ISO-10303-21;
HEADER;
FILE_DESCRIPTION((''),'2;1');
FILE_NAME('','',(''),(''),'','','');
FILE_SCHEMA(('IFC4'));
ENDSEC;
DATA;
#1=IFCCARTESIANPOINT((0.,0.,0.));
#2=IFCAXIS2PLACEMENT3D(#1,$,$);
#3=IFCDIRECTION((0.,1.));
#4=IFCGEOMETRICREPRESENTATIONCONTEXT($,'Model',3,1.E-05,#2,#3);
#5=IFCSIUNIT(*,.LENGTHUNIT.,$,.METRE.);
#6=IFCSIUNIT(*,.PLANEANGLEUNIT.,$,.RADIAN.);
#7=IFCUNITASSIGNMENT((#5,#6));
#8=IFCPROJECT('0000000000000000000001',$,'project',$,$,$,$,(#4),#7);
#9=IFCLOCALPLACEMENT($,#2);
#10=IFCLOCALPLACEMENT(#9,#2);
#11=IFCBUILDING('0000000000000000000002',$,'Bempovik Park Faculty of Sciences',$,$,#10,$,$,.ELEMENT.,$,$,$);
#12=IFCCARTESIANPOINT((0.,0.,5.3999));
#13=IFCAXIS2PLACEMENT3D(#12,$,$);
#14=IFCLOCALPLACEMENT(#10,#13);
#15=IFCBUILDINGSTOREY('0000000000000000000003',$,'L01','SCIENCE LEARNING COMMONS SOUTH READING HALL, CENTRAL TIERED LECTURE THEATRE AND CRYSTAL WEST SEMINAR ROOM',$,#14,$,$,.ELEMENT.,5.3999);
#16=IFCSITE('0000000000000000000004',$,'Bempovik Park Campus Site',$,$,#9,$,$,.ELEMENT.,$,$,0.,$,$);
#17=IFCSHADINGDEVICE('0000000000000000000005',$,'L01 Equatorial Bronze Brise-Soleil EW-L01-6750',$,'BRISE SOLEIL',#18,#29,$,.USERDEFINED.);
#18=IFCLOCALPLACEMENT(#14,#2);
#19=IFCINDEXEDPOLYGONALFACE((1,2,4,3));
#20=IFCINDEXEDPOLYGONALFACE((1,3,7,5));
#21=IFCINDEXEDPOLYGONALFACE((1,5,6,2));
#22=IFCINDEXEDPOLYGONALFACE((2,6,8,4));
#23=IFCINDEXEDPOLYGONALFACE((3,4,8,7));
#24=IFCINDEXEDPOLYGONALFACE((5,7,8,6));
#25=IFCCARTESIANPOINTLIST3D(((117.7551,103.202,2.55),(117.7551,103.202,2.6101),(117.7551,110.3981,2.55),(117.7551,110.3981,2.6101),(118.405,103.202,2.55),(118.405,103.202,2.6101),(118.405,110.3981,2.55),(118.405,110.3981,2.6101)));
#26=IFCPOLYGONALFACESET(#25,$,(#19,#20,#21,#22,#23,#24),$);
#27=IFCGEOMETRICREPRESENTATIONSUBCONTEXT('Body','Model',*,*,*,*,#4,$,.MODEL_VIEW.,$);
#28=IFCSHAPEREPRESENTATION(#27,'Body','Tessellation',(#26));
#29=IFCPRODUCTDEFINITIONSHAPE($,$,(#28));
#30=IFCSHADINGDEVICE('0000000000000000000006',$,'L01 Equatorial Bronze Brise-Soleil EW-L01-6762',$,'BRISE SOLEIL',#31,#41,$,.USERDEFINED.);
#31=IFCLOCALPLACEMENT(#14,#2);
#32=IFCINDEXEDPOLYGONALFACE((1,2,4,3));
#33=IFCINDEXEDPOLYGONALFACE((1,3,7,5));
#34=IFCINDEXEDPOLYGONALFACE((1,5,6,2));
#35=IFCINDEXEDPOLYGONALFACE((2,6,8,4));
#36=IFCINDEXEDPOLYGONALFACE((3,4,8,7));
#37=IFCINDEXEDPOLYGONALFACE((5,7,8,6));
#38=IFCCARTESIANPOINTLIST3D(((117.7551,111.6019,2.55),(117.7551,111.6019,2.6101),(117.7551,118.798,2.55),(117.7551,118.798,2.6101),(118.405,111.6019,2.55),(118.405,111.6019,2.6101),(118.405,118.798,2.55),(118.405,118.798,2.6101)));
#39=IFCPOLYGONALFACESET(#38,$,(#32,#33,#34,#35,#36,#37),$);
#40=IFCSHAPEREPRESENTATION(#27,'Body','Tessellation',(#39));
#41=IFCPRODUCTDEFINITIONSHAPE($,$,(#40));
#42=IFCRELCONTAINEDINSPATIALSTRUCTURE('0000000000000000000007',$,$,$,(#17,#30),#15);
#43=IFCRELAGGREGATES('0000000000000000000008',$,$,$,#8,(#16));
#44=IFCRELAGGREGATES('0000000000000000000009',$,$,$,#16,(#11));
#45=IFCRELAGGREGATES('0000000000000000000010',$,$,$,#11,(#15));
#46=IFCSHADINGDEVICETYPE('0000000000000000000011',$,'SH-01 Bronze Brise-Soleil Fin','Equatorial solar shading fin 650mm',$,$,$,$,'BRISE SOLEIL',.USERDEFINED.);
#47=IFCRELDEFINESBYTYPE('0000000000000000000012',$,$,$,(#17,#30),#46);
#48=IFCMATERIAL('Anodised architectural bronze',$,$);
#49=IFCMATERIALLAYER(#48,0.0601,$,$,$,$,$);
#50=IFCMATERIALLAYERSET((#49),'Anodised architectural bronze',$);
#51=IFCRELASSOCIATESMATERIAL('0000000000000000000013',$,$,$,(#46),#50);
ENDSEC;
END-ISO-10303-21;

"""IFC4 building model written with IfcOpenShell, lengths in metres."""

from ifc_helpers import new_model, si_unit, direction, frame, origin, origin_2d, place, context, subcontext, project, spatial, rectangle, extrude, material, layer, layer_set, type_object, element, save


model = new_model("IFC4")

# Units and contexts
model_context = context("Model", 3, precision=1e-05, world=origin(), true_north=direction((0.0, 1.0)))
body_context = subcontext(model_context, "Body", "Model", "MODEL_VIEW")
ifc_project = project(units=[si_unit("LENGTHUNIT", "METRE"), si_unit("PLANEANGLEUNIT", "RADIAN")], contexts=[model_context])

# Site, building, storey
site_placement = place(None, origin())
site = spatial("IfcSite", under=ifc_project, at=site_placement, Name="Bempovik Park Campus Site", CompositionType="ELEMENT", RefElevation=0.0)
building_placement = place(site_placement, origin())
building = spatial("IfcBuilding", under=site, at=building_placement, Name="Bempovik Park Faculty of Sciences", CompositionType="ELEMENT")
storey_placement = place(building_placement, frame((0.0, 0.0, 5.3999)))
storey = spatial("IfcBuildingStorey", under=building, at=storey_placement, Name="L01", Description="SCIENCE LEARNING COMMONS SOUTH READING HALL, CENTRAL TIERED LECTURE THEATRE AND CRYSTAL WEST SEMINAR ROOM", CompositionType="ELEMENT", Elevation=5.3999)

# Shading devices
ifc_material_1 = material(Name="Anodised architectural bronze")
ifc_layer_1 = layer(ifc_material_1, 0.0601)
ifc_layer_set_1 = layer_set([ifc_layer_1], Name="Anodised architectural bronze")
shading_device_type = type_object("IfcShadingDeviceType", Name="SH-01 Bronze Brise-Soleil Fin", Description="Equatorial solar shading fin 650mm", ElementType="BRISE SOLEIL", PredefinedType="USERDEFINED", material=ifc_layer_set_1)
for number, where, z_axis, x_axis, name in (
    (1, (118.0801, 106.8, 2.55), (0.0, 0.0, 1.0), (1.0, 0.0, 0.0), "L01 Equatorial Bronze Brise-Soleil EW-L01-6750"),
    (2, (118.0801, 115.2, 2.55), (0.0, 0.0, 1.0), (1.0, 0.0, 0.0), "L01 Equatorial Bronze Brise-Soleil EW-L01-6762"),
):
    element("IfcShadingDevice", number, at=place(storey_placement, frame(where, z_axis=z_axis, x_axis=x_axis)), inside=storey, type_object=shading_device_type, Name=name, ObjectType="BRISE SOLEIL", PredefinedType="USERDEFINED", context=body_context, shape_type="SweptSolid", body=[
        extrude(rectangle(XDim=0.6499, YDim=7.196, at=origin_2d()), origin(), (0.0, 0.0, 1.0), 0.0601),
    ])

save(model, "model.ifc")
